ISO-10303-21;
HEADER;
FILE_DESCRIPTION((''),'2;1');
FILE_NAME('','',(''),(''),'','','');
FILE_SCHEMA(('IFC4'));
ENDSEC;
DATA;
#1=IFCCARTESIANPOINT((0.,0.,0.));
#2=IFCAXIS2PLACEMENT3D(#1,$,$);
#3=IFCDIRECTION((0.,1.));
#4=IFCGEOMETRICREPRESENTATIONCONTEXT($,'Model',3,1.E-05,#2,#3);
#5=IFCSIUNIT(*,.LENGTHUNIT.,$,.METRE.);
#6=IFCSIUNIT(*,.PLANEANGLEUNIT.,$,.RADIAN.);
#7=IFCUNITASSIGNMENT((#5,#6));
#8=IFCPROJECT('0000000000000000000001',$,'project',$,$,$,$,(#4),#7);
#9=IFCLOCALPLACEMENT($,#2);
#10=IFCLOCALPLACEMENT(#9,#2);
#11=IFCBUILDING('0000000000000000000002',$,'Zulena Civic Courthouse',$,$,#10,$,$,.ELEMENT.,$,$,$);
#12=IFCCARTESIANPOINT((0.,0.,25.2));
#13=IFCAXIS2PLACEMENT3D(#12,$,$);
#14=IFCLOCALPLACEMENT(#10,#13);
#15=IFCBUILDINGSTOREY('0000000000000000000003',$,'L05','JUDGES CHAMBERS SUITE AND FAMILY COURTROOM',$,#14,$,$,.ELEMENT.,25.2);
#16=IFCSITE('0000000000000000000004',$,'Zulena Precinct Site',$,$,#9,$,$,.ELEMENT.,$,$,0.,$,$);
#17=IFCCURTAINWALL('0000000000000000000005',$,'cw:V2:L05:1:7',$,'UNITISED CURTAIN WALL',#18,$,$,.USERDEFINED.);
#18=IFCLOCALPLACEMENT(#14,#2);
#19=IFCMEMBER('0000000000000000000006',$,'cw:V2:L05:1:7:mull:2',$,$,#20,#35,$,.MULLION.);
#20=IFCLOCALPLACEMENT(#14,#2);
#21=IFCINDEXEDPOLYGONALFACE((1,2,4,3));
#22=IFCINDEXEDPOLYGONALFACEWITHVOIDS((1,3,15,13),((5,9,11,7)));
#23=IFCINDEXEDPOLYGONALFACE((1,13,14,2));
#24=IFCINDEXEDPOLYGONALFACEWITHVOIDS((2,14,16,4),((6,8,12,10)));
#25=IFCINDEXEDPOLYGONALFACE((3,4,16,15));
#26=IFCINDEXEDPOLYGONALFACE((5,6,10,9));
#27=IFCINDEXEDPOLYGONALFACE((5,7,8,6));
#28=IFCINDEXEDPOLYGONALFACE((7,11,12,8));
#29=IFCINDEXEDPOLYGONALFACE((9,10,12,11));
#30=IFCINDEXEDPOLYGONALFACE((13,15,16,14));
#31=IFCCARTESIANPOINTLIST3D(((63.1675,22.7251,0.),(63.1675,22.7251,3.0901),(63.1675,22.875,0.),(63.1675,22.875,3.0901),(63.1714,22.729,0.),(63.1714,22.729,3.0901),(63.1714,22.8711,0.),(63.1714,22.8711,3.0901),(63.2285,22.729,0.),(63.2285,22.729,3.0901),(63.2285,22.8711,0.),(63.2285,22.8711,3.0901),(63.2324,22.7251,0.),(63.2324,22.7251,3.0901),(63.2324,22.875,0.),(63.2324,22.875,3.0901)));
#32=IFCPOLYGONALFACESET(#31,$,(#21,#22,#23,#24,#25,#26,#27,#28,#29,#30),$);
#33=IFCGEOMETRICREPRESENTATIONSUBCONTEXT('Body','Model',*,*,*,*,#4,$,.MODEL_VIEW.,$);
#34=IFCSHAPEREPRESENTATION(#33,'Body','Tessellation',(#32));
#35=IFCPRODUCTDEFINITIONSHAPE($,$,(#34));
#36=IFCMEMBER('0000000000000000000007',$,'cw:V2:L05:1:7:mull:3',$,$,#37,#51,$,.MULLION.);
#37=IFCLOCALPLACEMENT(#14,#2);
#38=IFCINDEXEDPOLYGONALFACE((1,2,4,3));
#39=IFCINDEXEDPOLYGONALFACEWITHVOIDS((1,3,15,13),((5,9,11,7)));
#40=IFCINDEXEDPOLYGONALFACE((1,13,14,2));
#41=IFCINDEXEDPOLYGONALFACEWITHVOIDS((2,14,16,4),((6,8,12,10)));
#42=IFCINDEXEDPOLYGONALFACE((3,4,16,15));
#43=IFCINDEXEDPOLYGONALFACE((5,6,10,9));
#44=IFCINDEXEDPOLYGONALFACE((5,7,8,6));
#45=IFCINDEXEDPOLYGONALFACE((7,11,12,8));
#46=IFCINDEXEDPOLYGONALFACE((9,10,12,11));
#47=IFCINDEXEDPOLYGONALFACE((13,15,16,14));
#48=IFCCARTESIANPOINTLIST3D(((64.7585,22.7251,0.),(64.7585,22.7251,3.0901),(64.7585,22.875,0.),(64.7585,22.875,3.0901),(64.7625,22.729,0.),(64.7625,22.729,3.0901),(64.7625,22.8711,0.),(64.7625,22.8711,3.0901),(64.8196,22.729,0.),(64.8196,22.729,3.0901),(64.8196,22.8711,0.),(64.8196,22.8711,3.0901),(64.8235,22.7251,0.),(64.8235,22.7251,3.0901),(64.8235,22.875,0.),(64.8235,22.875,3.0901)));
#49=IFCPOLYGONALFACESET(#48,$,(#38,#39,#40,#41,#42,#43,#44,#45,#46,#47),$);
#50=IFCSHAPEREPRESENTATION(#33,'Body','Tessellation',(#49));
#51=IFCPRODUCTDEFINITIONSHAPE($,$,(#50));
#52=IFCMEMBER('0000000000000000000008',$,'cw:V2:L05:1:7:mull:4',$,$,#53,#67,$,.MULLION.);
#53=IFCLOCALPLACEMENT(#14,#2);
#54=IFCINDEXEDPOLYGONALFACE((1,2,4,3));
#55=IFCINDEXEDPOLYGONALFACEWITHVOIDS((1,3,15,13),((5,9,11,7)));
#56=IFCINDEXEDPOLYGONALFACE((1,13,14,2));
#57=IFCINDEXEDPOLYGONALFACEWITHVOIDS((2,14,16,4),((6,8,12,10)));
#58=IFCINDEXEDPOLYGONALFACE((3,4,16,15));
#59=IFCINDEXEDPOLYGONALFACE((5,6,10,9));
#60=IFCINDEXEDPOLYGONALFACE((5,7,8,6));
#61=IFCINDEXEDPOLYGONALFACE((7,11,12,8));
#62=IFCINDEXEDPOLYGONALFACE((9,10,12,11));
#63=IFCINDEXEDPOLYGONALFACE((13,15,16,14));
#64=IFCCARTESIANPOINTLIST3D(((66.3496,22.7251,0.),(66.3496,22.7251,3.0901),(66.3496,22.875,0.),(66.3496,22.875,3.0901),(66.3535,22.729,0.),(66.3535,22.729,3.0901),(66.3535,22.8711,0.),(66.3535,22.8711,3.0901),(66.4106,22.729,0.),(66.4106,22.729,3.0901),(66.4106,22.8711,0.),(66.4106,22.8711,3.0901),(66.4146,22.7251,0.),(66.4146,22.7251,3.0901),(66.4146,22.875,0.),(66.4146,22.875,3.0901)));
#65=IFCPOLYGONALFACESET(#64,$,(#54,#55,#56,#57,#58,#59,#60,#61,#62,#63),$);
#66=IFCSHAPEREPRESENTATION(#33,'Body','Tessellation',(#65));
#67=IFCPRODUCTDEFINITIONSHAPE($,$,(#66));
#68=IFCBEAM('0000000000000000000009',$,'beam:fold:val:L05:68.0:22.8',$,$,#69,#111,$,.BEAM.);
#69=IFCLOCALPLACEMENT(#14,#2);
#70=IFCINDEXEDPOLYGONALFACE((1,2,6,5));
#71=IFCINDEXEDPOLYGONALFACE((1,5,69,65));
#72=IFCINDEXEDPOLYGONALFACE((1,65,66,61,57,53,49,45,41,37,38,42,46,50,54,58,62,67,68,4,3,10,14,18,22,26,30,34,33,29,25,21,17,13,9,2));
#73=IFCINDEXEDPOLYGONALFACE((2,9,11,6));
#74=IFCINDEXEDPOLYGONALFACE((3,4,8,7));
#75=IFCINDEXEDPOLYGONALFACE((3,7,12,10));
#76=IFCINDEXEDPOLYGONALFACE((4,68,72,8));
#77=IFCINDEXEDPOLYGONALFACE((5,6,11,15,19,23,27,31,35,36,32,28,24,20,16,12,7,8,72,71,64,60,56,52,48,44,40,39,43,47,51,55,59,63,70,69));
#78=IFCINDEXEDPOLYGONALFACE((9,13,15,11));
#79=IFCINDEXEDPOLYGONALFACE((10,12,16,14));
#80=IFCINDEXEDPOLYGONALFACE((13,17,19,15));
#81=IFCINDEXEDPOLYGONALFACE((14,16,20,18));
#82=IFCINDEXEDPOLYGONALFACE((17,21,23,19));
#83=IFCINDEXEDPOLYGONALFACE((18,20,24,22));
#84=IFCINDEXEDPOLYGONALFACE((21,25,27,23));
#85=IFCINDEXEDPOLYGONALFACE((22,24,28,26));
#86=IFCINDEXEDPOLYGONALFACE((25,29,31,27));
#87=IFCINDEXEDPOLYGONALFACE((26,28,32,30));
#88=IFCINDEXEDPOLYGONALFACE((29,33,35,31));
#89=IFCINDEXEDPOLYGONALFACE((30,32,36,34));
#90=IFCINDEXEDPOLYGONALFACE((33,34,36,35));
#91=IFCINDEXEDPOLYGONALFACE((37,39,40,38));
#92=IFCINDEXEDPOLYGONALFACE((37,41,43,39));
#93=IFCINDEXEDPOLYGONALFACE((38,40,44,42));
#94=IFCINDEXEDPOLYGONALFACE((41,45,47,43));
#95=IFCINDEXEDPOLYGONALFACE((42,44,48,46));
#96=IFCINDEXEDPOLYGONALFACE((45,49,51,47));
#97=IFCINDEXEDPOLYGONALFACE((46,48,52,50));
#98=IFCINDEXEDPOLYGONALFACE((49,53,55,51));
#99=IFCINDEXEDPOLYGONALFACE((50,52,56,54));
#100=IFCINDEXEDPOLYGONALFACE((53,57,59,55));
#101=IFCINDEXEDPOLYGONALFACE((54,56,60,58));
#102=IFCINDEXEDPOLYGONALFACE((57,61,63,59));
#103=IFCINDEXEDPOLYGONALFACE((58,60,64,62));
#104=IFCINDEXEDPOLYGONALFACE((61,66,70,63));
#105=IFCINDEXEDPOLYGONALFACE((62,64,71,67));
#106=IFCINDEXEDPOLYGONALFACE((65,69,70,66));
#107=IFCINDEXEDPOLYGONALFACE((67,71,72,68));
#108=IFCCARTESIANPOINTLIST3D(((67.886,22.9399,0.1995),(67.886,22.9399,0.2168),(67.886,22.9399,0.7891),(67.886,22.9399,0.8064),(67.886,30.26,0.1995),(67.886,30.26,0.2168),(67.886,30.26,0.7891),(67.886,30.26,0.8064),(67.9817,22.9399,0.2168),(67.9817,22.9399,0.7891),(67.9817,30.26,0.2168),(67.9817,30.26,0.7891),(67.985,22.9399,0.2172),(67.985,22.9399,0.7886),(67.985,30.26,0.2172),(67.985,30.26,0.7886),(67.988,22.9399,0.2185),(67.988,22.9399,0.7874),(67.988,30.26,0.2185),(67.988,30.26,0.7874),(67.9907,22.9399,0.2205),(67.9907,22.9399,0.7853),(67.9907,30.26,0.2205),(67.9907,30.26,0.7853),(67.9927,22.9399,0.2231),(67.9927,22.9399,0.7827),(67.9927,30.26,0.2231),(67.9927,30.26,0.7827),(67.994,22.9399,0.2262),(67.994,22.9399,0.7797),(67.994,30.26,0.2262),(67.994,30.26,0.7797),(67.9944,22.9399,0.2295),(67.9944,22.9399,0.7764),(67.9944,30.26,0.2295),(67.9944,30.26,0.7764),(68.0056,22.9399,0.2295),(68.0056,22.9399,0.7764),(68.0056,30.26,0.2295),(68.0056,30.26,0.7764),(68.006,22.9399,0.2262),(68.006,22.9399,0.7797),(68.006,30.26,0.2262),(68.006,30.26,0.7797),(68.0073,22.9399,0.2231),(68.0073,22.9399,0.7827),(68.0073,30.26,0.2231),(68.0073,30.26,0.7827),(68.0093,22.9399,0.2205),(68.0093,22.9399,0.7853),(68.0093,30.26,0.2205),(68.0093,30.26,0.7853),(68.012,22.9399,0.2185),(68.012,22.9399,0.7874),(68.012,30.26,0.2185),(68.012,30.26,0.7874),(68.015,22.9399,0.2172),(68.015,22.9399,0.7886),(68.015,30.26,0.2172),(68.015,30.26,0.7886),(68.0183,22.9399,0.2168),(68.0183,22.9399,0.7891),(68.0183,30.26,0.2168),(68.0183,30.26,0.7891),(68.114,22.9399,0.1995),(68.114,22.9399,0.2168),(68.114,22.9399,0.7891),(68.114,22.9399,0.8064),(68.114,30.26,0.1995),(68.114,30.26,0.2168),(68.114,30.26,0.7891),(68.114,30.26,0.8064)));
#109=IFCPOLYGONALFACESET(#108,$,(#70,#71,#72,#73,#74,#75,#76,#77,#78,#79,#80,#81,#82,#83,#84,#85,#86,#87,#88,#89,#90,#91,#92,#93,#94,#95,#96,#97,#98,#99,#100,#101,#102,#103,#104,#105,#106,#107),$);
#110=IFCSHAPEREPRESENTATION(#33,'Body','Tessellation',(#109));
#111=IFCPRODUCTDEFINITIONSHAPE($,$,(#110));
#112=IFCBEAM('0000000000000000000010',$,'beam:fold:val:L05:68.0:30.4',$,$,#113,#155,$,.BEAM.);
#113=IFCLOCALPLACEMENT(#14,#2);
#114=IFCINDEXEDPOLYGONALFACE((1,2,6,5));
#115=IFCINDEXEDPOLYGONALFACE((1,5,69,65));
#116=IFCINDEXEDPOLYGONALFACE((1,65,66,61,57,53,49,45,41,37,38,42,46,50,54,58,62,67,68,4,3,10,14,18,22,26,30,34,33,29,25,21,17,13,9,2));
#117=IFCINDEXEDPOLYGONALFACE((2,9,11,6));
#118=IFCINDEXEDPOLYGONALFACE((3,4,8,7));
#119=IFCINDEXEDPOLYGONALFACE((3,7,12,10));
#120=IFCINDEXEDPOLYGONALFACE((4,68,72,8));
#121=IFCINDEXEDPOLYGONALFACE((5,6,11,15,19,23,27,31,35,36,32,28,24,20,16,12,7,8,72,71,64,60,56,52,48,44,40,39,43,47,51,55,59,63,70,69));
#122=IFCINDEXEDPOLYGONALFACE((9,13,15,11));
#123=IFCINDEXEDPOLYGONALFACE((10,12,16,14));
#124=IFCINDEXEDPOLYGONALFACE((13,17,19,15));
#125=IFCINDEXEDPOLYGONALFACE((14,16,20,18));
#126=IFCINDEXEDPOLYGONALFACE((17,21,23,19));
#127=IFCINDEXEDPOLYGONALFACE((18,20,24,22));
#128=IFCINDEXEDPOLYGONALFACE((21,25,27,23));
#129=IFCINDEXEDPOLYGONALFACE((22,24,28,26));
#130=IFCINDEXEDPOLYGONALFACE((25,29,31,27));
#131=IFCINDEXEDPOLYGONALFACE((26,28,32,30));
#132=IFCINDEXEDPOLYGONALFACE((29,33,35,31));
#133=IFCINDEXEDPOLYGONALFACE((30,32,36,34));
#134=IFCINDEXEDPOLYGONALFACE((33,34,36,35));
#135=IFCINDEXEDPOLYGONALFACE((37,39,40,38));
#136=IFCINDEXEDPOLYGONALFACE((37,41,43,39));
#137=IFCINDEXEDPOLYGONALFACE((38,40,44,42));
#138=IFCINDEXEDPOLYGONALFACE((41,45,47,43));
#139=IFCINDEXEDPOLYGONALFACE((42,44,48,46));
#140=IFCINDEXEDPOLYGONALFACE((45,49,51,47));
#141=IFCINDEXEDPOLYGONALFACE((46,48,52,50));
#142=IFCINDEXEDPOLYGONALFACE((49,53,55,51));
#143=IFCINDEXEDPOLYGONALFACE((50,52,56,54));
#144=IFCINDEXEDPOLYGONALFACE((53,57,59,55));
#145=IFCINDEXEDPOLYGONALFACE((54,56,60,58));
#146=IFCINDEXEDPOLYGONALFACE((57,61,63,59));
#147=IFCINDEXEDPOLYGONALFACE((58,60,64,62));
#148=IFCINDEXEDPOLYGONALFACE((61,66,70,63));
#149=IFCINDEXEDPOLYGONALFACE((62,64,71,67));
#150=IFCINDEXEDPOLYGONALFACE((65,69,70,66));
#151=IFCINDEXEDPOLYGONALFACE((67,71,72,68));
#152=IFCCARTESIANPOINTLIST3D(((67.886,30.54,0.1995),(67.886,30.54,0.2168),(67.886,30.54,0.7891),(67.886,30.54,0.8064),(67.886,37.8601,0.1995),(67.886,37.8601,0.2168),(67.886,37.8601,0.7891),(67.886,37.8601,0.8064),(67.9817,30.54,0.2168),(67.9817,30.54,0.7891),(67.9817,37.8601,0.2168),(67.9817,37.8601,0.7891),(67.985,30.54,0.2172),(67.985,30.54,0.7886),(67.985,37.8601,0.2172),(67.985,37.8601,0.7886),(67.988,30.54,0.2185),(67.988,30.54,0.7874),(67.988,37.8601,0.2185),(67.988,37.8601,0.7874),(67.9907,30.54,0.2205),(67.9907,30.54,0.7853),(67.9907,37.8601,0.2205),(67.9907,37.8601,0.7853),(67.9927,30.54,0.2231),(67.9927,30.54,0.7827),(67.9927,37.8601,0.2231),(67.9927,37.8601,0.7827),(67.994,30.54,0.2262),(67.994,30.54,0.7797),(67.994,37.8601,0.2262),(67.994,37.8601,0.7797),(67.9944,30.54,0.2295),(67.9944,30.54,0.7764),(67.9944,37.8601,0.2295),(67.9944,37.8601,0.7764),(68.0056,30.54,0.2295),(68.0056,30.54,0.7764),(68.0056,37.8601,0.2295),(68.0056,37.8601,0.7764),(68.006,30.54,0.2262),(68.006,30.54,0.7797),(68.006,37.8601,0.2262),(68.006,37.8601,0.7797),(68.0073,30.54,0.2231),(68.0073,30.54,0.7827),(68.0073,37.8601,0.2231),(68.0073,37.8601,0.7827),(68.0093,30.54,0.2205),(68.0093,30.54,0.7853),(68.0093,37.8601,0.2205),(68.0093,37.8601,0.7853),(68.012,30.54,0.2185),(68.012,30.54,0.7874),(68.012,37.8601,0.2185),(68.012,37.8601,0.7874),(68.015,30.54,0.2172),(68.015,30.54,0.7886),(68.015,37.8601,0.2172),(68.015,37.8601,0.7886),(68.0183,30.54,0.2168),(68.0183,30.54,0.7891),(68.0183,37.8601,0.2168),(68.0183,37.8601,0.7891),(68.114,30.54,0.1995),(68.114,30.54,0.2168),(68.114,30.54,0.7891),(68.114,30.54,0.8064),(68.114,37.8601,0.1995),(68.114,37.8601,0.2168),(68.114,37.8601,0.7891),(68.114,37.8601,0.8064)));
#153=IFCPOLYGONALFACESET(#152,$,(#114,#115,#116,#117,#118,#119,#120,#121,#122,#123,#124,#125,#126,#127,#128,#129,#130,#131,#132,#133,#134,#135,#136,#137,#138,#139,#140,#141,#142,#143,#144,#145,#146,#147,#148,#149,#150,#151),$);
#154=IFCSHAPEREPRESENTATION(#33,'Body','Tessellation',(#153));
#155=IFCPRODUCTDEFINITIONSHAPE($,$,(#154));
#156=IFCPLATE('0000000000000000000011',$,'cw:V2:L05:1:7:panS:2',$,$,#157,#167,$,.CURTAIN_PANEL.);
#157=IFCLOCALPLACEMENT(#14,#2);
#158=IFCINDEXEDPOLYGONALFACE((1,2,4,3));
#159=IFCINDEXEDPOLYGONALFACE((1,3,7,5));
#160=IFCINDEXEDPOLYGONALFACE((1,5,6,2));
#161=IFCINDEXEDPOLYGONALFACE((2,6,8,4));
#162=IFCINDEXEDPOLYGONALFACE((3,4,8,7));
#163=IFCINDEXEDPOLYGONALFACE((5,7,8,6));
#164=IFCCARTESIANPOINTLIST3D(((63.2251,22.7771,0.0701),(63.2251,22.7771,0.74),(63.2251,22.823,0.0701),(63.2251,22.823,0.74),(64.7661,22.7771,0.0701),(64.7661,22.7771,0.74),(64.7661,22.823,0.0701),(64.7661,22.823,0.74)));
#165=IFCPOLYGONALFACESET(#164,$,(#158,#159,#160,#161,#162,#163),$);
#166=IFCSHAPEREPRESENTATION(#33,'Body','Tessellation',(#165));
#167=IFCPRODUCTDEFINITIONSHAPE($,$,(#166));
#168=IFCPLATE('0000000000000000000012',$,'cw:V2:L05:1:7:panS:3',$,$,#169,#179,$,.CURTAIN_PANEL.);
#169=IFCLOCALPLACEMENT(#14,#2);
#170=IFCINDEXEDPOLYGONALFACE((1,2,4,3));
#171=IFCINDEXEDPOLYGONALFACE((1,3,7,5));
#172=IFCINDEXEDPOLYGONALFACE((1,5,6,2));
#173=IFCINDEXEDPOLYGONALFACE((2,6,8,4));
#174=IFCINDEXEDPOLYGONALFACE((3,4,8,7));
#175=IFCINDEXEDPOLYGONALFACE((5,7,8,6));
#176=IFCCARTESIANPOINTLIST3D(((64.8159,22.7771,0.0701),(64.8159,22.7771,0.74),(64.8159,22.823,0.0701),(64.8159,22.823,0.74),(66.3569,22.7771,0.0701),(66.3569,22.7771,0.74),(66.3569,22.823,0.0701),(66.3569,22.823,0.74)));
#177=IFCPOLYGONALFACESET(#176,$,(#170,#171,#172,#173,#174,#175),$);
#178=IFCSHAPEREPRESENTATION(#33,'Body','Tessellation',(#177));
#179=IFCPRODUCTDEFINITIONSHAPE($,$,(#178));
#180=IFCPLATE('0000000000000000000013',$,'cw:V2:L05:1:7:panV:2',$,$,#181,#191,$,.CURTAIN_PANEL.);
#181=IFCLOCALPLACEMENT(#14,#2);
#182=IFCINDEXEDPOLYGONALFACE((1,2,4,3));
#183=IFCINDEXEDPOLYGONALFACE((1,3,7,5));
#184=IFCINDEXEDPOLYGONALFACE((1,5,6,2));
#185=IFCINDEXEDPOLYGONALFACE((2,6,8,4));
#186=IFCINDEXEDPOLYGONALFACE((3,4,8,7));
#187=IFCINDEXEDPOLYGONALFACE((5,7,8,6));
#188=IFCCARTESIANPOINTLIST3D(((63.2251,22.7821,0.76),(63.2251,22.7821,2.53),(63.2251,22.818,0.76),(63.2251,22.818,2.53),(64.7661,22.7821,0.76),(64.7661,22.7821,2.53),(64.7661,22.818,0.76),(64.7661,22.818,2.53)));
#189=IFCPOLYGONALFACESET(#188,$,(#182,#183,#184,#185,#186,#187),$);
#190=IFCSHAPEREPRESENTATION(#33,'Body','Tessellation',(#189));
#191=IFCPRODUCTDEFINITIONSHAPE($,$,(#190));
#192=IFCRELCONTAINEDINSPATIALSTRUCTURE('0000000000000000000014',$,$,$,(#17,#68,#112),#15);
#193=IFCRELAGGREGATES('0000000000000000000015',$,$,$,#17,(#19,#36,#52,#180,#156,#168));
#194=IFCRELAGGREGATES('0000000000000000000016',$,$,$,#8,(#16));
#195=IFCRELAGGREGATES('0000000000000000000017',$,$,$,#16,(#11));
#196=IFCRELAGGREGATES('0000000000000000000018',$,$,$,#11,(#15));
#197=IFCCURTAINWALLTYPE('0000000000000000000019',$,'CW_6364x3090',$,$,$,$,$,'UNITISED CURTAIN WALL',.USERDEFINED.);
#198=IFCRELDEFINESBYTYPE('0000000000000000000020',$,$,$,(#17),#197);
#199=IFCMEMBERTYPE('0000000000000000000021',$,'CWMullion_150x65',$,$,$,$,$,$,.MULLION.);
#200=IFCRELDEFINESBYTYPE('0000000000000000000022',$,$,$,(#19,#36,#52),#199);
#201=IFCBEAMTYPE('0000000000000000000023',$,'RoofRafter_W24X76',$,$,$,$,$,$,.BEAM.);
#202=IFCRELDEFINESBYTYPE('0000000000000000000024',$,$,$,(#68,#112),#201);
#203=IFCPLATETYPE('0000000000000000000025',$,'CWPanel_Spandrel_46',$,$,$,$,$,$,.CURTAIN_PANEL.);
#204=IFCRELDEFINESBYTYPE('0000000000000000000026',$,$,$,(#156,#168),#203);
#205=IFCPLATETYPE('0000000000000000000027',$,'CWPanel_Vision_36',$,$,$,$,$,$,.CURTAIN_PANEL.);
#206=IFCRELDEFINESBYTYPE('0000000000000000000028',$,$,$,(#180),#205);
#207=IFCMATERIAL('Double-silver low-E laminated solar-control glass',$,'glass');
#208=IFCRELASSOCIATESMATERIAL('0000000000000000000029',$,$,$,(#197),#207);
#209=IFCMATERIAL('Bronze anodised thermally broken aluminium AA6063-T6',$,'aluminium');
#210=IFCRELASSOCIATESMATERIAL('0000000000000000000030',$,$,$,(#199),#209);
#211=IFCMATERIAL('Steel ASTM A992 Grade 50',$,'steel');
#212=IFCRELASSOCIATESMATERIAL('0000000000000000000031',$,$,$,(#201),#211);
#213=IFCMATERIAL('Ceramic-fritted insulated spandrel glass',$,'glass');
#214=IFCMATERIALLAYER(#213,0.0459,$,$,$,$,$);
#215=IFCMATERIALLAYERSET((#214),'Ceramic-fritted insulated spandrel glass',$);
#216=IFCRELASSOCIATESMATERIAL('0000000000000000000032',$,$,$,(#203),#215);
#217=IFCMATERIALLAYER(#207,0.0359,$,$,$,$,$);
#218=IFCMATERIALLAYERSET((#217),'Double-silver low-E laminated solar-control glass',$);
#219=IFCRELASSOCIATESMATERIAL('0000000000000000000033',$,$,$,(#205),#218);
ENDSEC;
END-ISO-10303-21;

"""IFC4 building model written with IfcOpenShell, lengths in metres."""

from ifc_helpers import new_model, si_unit, direction, frame, origin, origin_2d, place, context, subcontext, project, spatial, rectangle, hollow_rectangle, i_section, extrude, material, layer, layer_set, material_profile, profile_set, type_object, element, aggregate, save


model = new_model("IFC4")

# Units and contexts
model_context = context("Model", 3, precision=1e-05, world=origin(), true_north=direction((0.0, 1.0)))
body_context = subcontext(model_context, "Body", "Model", "MODEL_VIEW")
ifc_project = project(units=[si_unit("LENGTHUNIT", "METRE"), si_unit("PLANEANGLEUNIT", "RADIAN")], contexts=[model_context])

# Site, building, storey
site_placement = place(None, origin())
site = spatial("IfcSite", under=ifc_project, at=site_placement, Name="Zulena Precinct Site", CompositionType="ELEMENT", RefElevation=0.0)
building_placement = place(site_placement, origin())
building = spatial("IfcBuilding", under=site, at=building_placement, Name="Zulena Civic Courthouse", CompositionType="ELEMENT")
storey_placement = place(building_placement, frame((0.0, 0.0, 25.2)))
storey = spatial("IfcBuildingStorey", under=building, at=storey_placement, Name="L05", Description="JUDGES CHAMBERS SUITE AND FAMILY COURTROOM", CompositionType="ELEMENT", Elevation=25.2)

# Shared definitions
ifc_material_1 = material(Name="Steel ASTM A992 Grade 50", Category="steel")

# Curtain wall, members
ifc_material_2 = material(Name="Double-silver low-E laminated solar-control glass", Category="glass")
curtain_wall_type = type_object("IfcCurtainWallType", Name="CW_6364x3090", ElementType="UNITISED CURTAIN WALL", PredefinedType="USERDEFINED", material=ifc_material_2)
curtain_wall_placement = place(storey_placement, origin())
curtain_wall = element("IfcCurtainWall", 1, at=curtain_wall_placement, inside=storey, type_object=curtain_wall_type, Name="cw:V2:L05:1:7", ObjectType="UNITISED CURTAIN WALL", PredefinedType="USERDEFINED")
ifc_material_3 = material(Name="Bronze anodised thermally broken aluminium AA6063-T6", Category="aluminium")
ifc_material_profile_1 = material_profile(ifc_material_3, hollow_rectangle(XDim=0.0649, YDim=0.1499, WallThickness=0.0039, at=origin_2d()), Name="CWM150X65X4")
ifc_profile_set_1 = profile_set([ifc_material_profile_1], Name="Bronze anodised thermally broken aluminium AA6063-T6")
member_type = type_object("IfcMemberType", Name="CWMullion_150x65", PredefinedType="MULLION", material=ifc_profile_set_1)
member_1_placement = place(storey_placement, frame((63.2, 22.8, 0.0), z_axis=(0.0, 0.0, 1.0), x_axis=(1.0, 0.0, 0.0)))
member_1 = element("IfcMember", 2, at=member_1_placement, type_object=member_type, Name="cw:V2:L05:1:7:mull:2", PredefinedType="MULLION", context=body_context, shape_type="SweptSolid", body=[
    extrude(hollow_rectangle(XDim=0.0649, YDim=0.1499, WallThickness=0.0039, at=origin_2d()), origin(), (0.0, 0.0, 1.0), 3.0901),
])
member_2_placement = place(storey_placement, frame((64.791, 22.8, 0.0), z_axis=(0.0, 0.0, 1.0), x_axis=(1.0, 0.0, 0.0)))
member_2 = element("IfcMember", 3, at=member_2_placement, type_object=member_type, Name="cw:V2:L05:1:7:mull:3", PredefinedType="MULLION", context=body_context, shape_type="SweptSolid", body=[
    extrude(hollow_rectangle(XDim=0.0649, YDim=0.1499, WallThickness=0.0039, at=origin_2d()), origin(), (0.0, 0.0, 1.0), 3.0901),
])
member_3_placement = place(storey_placement, frame((66.3821, 22.8, 0.0), z_axis=(0.0, 0.0, 1.0), x_axis=(1.0, 0.0, 0.0)))
member_3 = element("IfcMember", 4, at=member_3_placement, type_object=member_type, Name="cw:V2:L05:1:7:mull:4", PredefinedType="MULLION", context=body_context, shape_type="SweptSolid", body=[
    extrude(hollow_rectangle(XDim=0.0649, YDim=0.1499, WallThickness=0.0039, at=origin_2d()), origin(), (0.0, 0.0, 1.0), 3.0901),
])

# Beams
ifc_material_profile_2 = material_profile(ifc_material_1, i_section(OverallWidth=0.228, OverallDepth=0.6069, WebThickness=0.0112, FlangeThickness=0.0173, FilletRadius=0.0127, at=origin_2d()), Name="W24X76")
ifc_profile_set_2 = profile_set([ifc_material_profile_2], Name="Steel ASTM A992 Grade 50")
beam_type = type_object("IfcBeamType", Name="RoofRafter_W24X76", PredefinedType="BEAM", material=ifc_profile_set_2)
for number, where, z_axis, x_axis, name in (
    (5, (68.0, 22.9399, 0.5029), (0.0, 1.0, 0.0), (-1.0, 0.0, 0.0), "beam:fold:val:L05:68.0:22.8"),
    (6, (68.0, 30.54, 0.5029), (0.0, 1.0, 0.0), (-1.0, 0.0, 0.0), "beam:fold:val:L05:68.0:30.4"),
):
    element("IfcBeam", number, at=place(storey_placement, frame(where, z_axis=z_axis, x_axis=x_axis)), inside=storey, type_object=beam_type, Name=name, PredefinedType="BEAM", context=body_context, shape_type="SweptSolid", body=[
        extrude(i_section(OverallWidth=0.228, OverallDepth=0.6069, WebThickness=0.0112, FlangeThickness=0.0173, FilletRadius=0.0127, at=origin_2d()), origin(), (0.0, 0.0, 1.0), 7.3201),
    ])

# Plates
ifc_material_4 = material(Name="Ceramic-fritted insulated spandrel glass", Category="glass")
ifc_layer_1 = layer(ifc_material_4, 0.0459)
ifc_layer_set_1 = layer_set([ifc_layer_1], Name="Ceramic-fritted insulated spandrel glass")
plate_type_1 = type_object("IfcPlateType", Name="CWPanel_Spandrel_46", PredefinedType="CURTAIN_PANEL", material=ifc_layer_set_1)
plate_1_placement = place(storey_placement, frame((63.9956, 22.8, 0.0701), z_axis=(0.0, 0.0, 1.0), x_axis=(1.0, 0.0, 0.0)))
plate_1 = element("IfcPlate", 7, at=plate_1_placement, type_object=plate_type_1, Name="cw:V2:L05:1:7:panS:2", PredefinedType="CURTAIN_PANEL", context=body_context, shape_type="SweptSolid", body=[
    extrude(rectangle(XDim=1.541, YDim=0.0459, at=origin_2d()), origin(), (0.0, 0.0, 1.0), 0.6699),
])
plate_2_placement = place(storey_placement, frame((65.5864, 22.8, 0.0701), z_axis=(0.0, 0.0, 1.0), x_axis=(1.0, 0.0, 0.0)))
plate_2 = element("IfcPlate", 8, at=plate_2_placement, type_object=plate_type_1, Name="cw:V2:L05:1:7:panS:3", PredefinedType="CURTAIN_PANEL", context=body_context, shape_type="SweptSolid", body=[
    extrude(rectangle(XDim=1.541, YDim=0.0459, at=origin_2d()), origin(), (0.0, 0.0, 1.0), 0.6699),
])
ifc_layer_2 = layer(ifc_material_2, 0.0359)
ifc_layer_set_2 = layer_set([ifc_layer_2], Name="Double-silver low-E laminated solar-control glass")
plate_type_2 = type_object("IfcPlateType", Name="CWPanel_Vision_36", PredefinedType="CURTAIN_PANEL", material=ifc_layer_set_2)
plate_3_placement = place(storey_placement, frame((63.9956, 22.8, 0.76), z_axis=(0.0, 0.0, 1.0), x_axis=(1.0, 0.0, 0.0)))
plate_3 = element("IfcPlate", 9, at=plate_3_placement, type_object=plate_type_2, Name="cw:V2:L05:1:7:panV:2", PredefinedType="CURTAIN_PANEL", context=body_context, shape_type="SweptSolid", body=[
    extrude(rectangle(XDim=1.541, YDim=0.0359, at=origin_2d()), origin(), (0.0, 0.0, 1.0), 1.77),
])
aggregate(curtain_wall, [member_1, member_2, member_3, plate_3, plate_1, plate_2])

save(model, "model.ifc")
